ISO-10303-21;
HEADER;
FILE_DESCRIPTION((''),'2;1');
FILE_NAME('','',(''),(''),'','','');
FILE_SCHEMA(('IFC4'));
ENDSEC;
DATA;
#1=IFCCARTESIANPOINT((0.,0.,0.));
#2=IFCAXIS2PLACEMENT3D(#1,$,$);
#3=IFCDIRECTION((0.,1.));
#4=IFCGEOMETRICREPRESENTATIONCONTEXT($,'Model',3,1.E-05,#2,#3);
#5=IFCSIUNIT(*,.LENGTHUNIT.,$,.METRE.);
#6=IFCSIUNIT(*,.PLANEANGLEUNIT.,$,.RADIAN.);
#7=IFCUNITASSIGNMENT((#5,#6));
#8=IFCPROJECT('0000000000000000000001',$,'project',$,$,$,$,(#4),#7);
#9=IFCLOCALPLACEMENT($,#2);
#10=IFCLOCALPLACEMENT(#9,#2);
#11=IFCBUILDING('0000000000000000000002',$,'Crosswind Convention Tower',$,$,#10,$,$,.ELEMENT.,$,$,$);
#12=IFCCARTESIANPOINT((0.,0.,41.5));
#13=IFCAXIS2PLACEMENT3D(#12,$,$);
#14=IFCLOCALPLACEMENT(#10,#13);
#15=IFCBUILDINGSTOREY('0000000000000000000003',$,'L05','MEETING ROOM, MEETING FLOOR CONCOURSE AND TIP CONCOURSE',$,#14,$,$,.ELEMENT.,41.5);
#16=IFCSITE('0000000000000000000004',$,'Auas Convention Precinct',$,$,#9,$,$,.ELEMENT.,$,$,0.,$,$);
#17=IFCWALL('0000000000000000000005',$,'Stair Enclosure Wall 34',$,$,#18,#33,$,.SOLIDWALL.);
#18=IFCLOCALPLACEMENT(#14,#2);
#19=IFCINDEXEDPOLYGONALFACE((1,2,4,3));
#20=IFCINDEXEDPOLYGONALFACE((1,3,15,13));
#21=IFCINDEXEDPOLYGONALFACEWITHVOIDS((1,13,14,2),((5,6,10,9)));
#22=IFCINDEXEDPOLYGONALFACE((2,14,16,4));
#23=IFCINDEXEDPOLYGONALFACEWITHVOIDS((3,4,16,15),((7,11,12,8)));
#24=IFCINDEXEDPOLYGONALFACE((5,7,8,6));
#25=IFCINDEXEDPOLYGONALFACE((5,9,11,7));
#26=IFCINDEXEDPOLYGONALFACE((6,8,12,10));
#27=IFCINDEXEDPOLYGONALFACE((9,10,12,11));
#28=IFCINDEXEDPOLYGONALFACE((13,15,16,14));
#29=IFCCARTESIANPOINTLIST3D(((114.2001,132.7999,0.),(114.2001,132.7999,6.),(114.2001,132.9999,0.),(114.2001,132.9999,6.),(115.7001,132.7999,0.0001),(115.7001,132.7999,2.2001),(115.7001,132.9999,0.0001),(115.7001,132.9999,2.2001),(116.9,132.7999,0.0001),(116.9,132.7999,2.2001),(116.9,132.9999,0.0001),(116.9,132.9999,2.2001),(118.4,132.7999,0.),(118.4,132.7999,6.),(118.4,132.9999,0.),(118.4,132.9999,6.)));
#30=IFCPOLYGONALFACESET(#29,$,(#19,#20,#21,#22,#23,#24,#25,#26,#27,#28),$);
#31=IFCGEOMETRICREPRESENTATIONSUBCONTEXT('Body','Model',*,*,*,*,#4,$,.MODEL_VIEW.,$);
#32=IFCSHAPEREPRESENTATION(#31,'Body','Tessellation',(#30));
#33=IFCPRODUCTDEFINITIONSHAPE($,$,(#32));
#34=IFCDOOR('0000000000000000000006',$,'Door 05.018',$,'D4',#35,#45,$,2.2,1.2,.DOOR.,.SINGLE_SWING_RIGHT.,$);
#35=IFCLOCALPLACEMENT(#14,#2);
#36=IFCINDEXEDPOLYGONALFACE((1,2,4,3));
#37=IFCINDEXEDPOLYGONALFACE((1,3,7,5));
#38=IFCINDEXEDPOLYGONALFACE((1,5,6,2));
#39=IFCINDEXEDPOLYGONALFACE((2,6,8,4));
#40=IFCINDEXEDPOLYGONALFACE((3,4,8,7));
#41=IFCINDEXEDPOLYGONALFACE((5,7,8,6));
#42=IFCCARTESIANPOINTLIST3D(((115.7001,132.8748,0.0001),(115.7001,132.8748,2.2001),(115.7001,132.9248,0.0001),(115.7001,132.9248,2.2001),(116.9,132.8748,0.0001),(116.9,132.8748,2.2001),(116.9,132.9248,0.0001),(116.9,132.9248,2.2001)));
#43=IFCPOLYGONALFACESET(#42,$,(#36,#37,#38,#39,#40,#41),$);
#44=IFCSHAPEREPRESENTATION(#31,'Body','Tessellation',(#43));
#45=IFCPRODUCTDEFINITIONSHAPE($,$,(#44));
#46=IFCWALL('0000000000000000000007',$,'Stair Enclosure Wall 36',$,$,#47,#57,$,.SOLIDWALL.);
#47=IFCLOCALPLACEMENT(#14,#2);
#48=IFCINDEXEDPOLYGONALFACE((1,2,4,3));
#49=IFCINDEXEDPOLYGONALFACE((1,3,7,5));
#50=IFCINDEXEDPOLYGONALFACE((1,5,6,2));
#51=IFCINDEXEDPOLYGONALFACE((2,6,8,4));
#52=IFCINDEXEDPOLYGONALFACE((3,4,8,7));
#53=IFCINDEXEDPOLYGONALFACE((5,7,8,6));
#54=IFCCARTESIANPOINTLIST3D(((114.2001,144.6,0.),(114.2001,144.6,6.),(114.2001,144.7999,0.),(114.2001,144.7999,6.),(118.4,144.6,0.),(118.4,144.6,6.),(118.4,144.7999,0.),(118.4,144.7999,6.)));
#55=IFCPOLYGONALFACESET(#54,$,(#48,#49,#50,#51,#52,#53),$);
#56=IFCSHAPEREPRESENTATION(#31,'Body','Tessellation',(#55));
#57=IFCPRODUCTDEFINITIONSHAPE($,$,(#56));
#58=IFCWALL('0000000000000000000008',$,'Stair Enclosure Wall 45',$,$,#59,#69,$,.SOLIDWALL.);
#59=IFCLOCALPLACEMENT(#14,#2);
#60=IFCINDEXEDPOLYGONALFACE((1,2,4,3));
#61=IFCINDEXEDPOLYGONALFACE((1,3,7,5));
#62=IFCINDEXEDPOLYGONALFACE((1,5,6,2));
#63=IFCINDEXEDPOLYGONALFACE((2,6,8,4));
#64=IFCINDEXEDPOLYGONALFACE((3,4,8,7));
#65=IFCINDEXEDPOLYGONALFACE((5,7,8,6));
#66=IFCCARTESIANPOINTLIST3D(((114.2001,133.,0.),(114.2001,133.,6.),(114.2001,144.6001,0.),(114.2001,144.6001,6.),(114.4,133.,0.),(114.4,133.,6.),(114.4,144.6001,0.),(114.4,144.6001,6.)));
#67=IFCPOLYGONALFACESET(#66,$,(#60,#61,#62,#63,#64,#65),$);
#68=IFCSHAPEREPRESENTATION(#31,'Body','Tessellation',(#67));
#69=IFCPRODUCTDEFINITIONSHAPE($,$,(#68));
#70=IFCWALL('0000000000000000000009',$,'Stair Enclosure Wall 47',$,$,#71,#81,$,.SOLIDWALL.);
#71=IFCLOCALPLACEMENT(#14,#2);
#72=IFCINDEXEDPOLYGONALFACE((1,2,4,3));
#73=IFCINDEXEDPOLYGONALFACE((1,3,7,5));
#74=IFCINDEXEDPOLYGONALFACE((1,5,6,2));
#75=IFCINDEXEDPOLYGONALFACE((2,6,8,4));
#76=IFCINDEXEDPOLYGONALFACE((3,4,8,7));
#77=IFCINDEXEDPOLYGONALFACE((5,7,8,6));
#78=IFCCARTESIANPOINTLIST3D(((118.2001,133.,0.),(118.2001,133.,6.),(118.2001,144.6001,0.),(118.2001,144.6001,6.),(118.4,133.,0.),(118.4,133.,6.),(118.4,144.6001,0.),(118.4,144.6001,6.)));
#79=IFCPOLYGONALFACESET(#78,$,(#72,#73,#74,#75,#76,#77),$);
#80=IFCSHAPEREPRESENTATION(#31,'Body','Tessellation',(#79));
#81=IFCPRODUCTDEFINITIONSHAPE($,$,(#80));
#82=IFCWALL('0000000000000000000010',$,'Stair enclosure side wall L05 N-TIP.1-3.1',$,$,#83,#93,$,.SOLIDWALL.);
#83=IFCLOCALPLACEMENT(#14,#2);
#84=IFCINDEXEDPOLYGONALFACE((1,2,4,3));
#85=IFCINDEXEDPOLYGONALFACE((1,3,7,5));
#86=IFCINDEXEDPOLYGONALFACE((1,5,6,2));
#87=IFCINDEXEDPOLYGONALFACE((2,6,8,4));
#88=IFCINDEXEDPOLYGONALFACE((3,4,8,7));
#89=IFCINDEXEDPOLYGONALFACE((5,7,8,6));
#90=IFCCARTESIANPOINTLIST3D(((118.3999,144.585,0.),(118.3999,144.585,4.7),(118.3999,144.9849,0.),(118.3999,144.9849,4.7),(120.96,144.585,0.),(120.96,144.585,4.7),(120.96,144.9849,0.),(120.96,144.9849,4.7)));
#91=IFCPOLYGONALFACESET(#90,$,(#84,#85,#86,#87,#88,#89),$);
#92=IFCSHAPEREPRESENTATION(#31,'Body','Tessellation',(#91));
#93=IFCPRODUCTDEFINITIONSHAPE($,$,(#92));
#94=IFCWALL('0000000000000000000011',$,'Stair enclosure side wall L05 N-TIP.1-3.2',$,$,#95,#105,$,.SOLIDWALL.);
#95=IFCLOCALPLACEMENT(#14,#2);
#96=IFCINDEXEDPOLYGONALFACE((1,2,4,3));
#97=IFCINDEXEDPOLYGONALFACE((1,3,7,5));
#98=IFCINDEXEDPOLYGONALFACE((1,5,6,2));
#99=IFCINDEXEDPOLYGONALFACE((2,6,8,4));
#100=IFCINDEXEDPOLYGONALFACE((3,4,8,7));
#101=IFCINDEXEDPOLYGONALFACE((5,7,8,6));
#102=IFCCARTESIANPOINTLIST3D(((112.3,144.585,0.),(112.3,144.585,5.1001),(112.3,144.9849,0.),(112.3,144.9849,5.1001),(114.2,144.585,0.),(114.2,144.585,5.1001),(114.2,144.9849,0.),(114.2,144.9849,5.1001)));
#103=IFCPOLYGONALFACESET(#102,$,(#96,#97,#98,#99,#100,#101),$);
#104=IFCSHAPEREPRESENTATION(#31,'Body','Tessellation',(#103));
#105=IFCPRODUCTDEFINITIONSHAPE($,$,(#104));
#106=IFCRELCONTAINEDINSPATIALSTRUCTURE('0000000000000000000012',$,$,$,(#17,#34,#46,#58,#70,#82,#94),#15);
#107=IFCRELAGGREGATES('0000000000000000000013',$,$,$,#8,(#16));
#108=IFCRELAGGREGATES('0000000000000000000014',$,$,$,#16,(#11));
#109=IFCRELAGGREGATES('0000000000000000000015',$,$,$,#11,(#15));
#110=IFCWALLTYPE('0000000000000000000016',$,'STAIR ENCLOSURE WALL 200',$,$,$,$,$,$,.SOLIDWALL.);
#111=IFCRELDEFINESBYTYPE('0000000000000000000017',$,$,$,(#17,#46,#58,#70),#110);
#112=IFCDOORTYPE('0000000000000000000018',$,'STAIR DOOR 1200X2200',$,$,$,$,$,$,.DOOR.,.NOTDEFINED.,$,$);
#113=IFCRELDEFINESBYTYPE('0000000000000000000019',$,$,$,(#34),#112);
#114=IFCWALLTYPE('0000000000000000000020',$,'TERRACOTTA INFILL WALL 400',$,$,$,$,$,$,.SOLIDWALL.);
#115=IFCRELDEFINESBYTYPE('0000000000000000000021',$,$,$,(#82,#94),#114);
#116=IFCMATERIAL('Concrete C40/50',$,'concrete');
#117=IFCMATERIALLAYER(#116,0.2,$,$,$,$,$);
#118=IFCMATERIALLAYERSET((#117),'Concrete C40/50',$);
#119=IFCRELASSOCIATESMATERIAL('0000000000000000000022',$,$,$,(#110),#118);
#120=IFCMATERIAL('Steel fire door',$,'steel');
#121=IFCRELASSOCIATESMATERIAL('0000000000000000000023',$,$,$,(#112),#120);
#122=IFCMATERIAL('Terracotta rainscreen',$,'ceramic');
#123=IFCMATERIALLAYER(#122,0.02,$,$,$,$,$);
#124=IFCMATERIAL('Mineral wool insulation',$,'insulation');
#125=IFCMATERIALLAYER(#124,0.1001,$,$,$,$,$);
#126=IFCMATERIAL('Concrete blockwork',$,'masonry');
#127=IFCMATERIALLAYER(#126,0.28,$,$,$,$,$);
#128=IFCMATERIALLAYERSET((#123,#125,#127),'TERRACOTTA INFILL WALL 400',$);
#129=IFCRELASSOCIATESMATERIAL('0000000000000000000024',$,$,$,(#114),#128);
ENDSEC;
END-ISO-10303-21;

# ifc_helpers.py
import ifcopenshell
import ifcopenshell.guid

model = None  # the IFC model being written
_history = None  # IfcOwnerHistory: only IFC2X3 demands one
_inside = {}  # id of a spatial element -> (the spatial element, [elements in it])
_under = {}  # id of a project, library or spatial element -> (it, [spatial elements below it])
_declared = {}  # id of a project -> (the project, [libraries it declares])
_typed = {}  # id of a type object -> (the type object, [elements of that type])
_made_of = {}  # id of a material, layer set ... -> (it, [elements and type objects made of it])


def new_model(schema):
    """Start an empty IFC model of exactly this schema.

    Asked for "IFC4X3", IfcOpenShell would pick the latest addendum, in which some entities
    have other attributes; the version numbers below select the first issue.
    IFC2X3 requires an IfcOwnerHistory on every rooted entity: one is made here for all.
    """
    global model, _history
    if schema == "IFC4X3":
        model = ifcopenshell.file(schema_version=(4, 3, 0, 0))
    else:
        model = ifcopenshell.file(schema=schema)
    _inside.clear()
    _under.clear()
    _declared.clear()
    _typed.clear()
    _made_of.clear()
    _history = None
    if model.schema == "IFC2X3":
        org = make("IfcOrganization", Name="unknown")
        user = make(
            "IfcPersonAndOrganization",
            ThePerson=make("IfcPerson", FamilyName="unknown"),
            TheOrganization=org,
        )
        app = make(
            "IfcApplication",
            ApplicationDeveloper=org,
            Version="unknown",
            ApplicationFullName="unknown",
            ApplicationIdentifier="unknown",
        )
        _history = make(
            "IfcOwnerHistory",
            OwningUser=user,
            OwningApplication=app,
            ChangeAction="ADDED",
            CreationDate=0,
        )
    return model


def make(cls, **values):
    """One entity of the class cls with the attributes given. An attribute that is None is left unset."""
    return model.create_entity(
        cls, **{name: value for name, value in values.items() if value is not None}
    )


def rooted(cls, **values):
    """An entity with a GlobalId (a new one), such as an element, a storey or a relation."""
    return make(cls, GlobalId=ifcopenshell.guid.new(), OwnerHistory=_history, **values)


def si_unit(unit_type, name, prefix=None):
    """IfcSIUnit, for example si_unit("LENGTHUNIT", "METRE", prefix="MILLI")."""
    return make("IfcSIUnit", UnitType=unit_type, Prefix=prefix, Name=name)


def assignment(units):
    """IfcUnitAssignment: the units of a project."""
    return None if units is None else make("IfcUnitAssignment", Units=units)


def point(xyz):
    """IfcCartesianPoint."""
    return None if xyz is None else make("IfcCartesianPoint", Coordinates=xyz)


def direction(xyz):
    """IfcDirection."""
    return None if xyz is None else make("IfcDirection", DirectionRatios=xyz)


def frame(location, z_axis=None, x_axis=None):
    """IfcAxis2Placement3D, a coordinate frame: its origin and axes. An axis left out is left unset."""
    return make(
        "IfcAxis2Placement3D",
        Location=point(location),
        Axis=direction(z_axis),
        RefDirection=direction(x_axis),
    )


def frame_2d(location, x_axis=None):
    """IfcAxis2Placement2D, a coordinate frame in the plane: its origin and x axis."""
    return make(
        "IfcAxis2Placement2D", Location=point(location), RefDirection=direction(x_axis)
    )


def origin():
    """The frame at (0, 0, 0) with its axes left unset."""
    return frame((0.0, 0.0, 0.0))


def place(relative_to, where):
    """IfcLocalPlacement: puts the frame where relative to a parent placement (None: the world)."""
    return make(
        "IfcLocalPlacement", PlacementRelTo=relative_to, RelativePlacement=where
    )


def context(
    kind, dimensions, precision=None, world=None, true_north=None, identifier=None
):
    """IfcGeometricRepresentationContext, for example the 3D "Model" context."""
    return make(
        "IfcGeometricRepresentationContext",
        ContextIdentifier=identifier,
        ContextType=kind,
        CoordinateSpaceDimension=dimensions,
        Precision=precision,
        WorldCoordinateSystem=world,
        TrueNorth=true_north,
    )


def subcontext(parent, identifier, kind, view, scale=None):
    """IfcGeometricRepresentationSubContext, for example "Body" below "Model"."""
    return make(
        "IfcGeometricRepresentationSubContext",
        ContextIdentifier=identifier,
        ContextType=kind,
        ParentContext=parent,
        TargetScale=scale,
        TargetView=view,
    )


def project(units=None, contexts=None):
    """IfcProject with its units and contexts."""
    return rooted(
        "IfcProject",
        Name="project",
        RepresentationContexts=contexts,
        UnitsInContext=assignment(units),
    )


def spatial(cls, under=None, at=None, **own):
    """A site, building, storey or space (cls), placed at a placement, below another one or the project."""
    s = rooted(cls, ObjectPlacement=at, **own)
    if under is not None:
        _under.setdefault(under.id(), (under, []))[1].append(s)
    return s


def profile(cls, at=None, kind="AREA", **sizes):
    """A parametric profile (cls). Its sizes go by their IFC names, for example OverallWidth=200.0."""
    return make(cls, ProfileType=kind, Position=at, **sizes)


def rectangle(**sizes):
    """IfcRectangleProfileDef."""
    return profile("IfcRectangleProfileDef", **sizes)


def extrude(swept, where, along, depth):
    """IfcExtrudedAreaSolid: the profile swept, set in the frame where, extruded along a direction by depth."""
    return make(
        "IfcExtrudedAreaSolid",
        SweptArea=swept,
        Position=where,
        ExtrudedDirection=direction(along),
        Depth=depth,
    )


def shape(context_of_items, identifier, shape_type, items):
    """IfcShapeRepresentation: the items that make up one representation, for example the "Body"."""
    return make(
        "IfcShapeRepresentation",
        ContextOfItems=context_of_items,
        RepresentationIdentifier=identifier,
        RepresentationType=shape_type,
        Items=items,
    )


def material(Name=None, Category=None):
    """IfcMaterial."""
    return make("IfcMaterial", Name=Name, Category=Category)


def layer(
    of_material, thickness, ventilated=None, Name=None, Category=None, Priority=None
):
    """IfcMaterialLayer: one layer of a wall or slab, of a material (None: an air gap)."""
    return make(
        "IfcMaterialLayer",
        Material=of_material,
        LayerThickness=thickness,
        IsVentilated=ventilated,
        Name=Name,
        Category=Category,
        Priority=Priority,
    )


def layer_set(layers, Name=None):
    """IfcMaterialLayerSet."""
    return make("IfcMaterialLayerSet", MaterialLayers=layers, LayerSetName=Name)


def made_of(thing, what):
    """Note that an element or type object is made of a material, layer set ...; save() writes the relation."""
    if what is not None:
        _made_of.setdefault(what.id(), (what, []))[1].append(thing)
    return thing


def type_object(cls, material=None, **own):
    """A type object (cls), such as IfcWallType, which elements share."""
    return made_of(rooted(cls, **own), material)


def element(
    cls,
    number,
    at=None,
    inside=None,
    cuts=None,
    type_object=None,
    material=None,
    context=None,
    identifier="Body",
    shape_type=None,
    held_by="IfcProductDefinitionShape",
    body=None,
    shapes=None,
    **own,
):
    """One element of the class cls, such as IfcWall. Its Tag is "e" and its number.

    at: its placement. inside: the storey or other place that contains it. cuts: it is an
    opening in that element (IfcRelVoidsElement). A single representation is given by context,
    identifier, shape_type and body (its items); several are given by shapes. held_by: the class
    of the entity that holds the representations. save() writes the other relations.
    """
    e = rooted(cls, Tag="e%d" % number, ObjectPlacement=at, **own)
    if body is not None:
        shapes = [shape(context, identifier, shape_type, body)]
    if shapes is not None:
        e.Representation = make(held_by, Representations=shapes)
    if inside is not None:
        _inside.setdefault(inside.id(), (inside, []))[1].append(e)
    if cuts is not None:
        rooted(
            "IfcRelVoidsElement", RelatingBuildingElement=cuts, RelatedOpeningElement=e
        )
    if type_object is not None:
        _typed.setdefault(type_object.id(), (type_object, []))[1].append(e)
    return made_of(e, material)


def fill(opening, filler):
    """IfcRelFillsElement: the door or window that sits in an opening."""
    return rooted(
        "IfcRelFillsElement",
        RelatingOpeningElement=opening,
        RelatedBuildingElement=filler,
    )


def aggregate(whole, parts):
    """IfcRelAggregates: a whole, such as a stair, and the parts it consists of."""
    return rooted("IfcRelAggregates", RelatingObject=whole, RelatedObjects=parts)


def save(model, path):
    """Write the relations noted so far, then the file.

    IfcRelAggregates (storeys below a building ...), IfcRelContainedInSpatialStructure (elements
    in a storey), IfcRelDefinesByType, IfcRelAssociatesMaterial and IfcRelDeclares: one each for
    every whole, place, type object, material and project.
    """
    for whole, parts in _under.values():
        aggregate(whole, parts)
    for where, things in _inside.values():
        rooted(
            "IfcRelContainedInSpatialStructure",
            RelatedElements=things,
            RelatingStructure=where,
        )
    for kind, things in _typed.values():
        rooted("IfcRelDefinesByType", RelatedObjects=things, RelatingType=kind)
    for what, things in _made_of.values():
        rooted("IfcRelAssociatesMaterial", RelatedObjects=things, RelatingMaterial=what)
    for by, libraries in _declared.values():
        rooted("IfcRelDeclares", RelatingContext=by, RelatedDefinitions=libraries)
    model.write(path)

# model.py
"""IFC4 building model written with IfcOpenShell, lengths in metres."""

from ifc_helpers import new_model, si_unit, direction, frame, frame_2d, origin, place, context, subcontext, project, spatial, rectangle, extrude, material, layer, layer_set, type_object, element, fill, save


model = new_model("IFC4")

# Units and contexts
model_context = context("Model", 3, precision=1e-05, world=origin(), true_north=direction((0.0, 1.0)))
body_context = subcontext(model_context, "Body", "Model", "MODEL_VIEW")
ifc_project = project(units=[si_unit("LENGTHUNIT", "METRE"), si_unit("PLANEANGLEUNIT", "RADIAN")], contexts=[model_context])

# Site, building, storey
site_placement = place(None, origin())
site = spatial("IfcSite", under=ifc_project, at=site_placement, Name="Auas Convention Precinct", CompositionType="ELEMENT", RefElevation=0.0)
building_placement = place(site_placement, origin())
building = spatial("IfcBuilding", under=site, at=building_placement, Name="Crosswind Convention Tower", CompositionType="ELEMENT")
storey_placement = place(building_placement, frame((0.0, 0.0, 41.5)))
storey = spatial("IfcBuildingStorey", under=building, at=storey_placement, Name="L05", Description="MEETING ROOM, MEETING FLOOR CONCOURSE AND TIP CONCOURSE", CompositionType="ELEMENT", Elevation=41.5)

# Wall, opening, door
ifc_material_1 = material(Name="Concrete C40/50", Category="concrete")
ifc_layer_1 = layer(ifc_material_1, 0.2)
ifc_layer_set_1 = layer_set([ifc_layer_1], Name="Concrete C40/50")
wall_type_1 = type_object("IfcWallType", Name="STAIR ENCLOSURE WALL 200", PredefinedType="SOLIDWALL", material=ifc_layer_set_1)
wall_1_placement = place(storey_placement, frame((114.2, 132.8999, 0.0), z_axis=(0.0, 0.0, 1.0), x_axis=(1.0, 0.0, 0.0)))
wall_1 = element("IfcWall", 1, at=wall_1_placement, inside=storey, type_object=wall_type_1, Name="Stair Enclosure Wall 34", PredefinedType="SOLIDWALL", context=body_context, shape_type="SweptSolid", body=[
    extrude(rectangle(XDim=4.2, YDim=0.2, at=frame_2d((2.1001, 0.0))), origin(), (0.0, 0.0, 1.0), 6.0),
])
opening_1_placement = place(wall_1_placement, frame((1.5, 0.0, 0.0)))
opening_1 = element("IfcOpeningElement", 2, at=opening_1_placement, cuts=wall_1, PredefinedType="OPENING", context=body_context, shape_type="SweptSolid", body=[
    extrude(rectangle(XDim=1.2, YDim=2.2, at=frame_2d((0.6001, 1.1001))), frame((0.0, 0.1099, 0.0), z_axis=(0.0, -1.0, 0.0), x_axis=(1.0, 0.0, 0.0)), (0.0, 0.0, 1.0), 0.22),
])
ifc_material_2 = material(Name="Steel fire door", Category="steel")
door_type_1 = type_object("IfcDoorType", Name="STAIR DOOR 1200X2200", OperationType="NOTDEFINED", PredefinedType="DOOR", material=ifc_material_2)
door_1_placement = place(opening_1_placement, origin())
door_1 = element("IfcDoor", 3, at=door_1_placement, inside=storey, type_object=door_type_1, Name="Door 05.018", ObjectType="D4", OperationType="SINGLE_SWING_RIGHT", OverallHeight=2.2, OverallWidth=1.2, PredefinedType="DOOR", context=body_context, shape_type="SweptSolid", body=[
    extrude(rectangle(XDim=1.2, YDim=2.2, at=frame_2d((0.6001, 1.1001))), frame((0.0, 0.0249, 0.0), z_axis=(0.0, -1.0, 0.0), x_axis=(1.0, 0.0, 0.0)), (0.0, 0.0, 1.0), 0.05),
])
fill(opening_1, door_1)

# Walls
wall_2_placement = place(storey_placement, frame((114.2, 144.7, 0.0), z_axis=(0.0, 0.0, 1.0), x_axis=(1.0, 0.0, 0.0)))
element("IfcWall", 4, at=wall_2_placement, inside=storey, type_object=wall_type_1, Name="Stair Enclosure Wall 36", PredefinedType="SOLIDWALL", context=body_context, shape_type="SweptSolid", body=[
    extrude(rectangle(XDim=4.2, YDim=0.2, at=frame_2d((2.1001, 0.0))), origin(), (0.0, 0.0, 1.0), 6.0),
])
for number, where, z_axis, x_axis, name in (
    (5, (114.3, 133.0, 0.0), (0.0, 0.0, 1.0), (0.0, 1.0, 0.0), "Stair Enclosure Wall 45"),
    (6, (118.3, 133.0, 0.0), (0.0, 0.0, 1.0), (0.0, 1.0, 0.0), "Stair Enclosure Wall 47"),
):
    element("IfcWall", number, at=place(storey_placement, frame(where, z_axis=z_axis, x_axis=x_axis)), inside=storey, type_object=wall_type_1, Name=name, PredefinedType="SOLIDWALL", context=body_context, shape_type="SweptSolid", body=[
        extrude(rectangle(XDim=11.6001, YDim=0.2, at=frame_2d((5.8, 0.0))), origin(), (0.0, 0.0, 1.0), 6.0),
    ])
ifc_material_3 = material(Name="Terracotta rainscreen", Category="ceramic")
ifc_layer_2 = layer(ifc_material_3, 0.02)
ifc_material_4 = material(Name="Mineral wool insulation", Category="insulation")
ifc_layer_3 = layer(ifc_material_4, 0.1001)
ifc_material_5 = material(Name="Concrete blockwork", Category="masonry")
ifc_layer_4 = layer(ifc_material_5, 0.28)
ifc_layer_set_2 = layer_set([ifc_layer_2, ifc_layer_3, ifc_layer_4], Name="TERRACOTTA INFILL WALL 400")
wall_type_2 = type_object("IfcWallType", Name="TERRACOTTA INFILL WALL 400", PredefinedType="SOLIDWALL", material=ifc_layer_set_2)
wall_3_placement = place(storey_placement, frame((120.96, 144.7849, 0.0), z_axis=(0.0, 0.0, 1.0), x_axis=(-1.0, 0.0, 0.0)))
element("IfcWall", 7, at=wall_3_placement, inside=storey, type_object=wall_type_2, Name="Stair enclosure side wall L05 N-TIP.1-3.1", PredefinedType="SOLIDWALL", context=body_context, shape_type="SweptSolid", body=[
    extrude(rectangle(XDim=2.5601, YDim=0.3999, at=frame_2d((1.28, 0.0))), origin(), (0.0, 0.0, 1.0), 4.7),
])
wall_4_placement = place(storey_placement, frame((114.2, 144.7849, 0.0), z_axis=(0.0, 0.0, 1.0), x_axis=(-1.0, 0.0, 0.0)))
element("IfcWall", 8, at=wall_4_placement, inside=storey, type_object=wall_type_2, Name="Stair enclosure side wall L05 N-TIP.1-3.2", PredefinedType="SOLIDWALL", context=body_context, shape_type="SweptSolid", body=[
    extrude(rectangle(XDim=1.8999, YDim=0.3999, at=frame_2d((0.95, 0.0))), origin(), (0.0, 0.0, 1.0), 5.1001),
])

save(model, "model.ifc")
